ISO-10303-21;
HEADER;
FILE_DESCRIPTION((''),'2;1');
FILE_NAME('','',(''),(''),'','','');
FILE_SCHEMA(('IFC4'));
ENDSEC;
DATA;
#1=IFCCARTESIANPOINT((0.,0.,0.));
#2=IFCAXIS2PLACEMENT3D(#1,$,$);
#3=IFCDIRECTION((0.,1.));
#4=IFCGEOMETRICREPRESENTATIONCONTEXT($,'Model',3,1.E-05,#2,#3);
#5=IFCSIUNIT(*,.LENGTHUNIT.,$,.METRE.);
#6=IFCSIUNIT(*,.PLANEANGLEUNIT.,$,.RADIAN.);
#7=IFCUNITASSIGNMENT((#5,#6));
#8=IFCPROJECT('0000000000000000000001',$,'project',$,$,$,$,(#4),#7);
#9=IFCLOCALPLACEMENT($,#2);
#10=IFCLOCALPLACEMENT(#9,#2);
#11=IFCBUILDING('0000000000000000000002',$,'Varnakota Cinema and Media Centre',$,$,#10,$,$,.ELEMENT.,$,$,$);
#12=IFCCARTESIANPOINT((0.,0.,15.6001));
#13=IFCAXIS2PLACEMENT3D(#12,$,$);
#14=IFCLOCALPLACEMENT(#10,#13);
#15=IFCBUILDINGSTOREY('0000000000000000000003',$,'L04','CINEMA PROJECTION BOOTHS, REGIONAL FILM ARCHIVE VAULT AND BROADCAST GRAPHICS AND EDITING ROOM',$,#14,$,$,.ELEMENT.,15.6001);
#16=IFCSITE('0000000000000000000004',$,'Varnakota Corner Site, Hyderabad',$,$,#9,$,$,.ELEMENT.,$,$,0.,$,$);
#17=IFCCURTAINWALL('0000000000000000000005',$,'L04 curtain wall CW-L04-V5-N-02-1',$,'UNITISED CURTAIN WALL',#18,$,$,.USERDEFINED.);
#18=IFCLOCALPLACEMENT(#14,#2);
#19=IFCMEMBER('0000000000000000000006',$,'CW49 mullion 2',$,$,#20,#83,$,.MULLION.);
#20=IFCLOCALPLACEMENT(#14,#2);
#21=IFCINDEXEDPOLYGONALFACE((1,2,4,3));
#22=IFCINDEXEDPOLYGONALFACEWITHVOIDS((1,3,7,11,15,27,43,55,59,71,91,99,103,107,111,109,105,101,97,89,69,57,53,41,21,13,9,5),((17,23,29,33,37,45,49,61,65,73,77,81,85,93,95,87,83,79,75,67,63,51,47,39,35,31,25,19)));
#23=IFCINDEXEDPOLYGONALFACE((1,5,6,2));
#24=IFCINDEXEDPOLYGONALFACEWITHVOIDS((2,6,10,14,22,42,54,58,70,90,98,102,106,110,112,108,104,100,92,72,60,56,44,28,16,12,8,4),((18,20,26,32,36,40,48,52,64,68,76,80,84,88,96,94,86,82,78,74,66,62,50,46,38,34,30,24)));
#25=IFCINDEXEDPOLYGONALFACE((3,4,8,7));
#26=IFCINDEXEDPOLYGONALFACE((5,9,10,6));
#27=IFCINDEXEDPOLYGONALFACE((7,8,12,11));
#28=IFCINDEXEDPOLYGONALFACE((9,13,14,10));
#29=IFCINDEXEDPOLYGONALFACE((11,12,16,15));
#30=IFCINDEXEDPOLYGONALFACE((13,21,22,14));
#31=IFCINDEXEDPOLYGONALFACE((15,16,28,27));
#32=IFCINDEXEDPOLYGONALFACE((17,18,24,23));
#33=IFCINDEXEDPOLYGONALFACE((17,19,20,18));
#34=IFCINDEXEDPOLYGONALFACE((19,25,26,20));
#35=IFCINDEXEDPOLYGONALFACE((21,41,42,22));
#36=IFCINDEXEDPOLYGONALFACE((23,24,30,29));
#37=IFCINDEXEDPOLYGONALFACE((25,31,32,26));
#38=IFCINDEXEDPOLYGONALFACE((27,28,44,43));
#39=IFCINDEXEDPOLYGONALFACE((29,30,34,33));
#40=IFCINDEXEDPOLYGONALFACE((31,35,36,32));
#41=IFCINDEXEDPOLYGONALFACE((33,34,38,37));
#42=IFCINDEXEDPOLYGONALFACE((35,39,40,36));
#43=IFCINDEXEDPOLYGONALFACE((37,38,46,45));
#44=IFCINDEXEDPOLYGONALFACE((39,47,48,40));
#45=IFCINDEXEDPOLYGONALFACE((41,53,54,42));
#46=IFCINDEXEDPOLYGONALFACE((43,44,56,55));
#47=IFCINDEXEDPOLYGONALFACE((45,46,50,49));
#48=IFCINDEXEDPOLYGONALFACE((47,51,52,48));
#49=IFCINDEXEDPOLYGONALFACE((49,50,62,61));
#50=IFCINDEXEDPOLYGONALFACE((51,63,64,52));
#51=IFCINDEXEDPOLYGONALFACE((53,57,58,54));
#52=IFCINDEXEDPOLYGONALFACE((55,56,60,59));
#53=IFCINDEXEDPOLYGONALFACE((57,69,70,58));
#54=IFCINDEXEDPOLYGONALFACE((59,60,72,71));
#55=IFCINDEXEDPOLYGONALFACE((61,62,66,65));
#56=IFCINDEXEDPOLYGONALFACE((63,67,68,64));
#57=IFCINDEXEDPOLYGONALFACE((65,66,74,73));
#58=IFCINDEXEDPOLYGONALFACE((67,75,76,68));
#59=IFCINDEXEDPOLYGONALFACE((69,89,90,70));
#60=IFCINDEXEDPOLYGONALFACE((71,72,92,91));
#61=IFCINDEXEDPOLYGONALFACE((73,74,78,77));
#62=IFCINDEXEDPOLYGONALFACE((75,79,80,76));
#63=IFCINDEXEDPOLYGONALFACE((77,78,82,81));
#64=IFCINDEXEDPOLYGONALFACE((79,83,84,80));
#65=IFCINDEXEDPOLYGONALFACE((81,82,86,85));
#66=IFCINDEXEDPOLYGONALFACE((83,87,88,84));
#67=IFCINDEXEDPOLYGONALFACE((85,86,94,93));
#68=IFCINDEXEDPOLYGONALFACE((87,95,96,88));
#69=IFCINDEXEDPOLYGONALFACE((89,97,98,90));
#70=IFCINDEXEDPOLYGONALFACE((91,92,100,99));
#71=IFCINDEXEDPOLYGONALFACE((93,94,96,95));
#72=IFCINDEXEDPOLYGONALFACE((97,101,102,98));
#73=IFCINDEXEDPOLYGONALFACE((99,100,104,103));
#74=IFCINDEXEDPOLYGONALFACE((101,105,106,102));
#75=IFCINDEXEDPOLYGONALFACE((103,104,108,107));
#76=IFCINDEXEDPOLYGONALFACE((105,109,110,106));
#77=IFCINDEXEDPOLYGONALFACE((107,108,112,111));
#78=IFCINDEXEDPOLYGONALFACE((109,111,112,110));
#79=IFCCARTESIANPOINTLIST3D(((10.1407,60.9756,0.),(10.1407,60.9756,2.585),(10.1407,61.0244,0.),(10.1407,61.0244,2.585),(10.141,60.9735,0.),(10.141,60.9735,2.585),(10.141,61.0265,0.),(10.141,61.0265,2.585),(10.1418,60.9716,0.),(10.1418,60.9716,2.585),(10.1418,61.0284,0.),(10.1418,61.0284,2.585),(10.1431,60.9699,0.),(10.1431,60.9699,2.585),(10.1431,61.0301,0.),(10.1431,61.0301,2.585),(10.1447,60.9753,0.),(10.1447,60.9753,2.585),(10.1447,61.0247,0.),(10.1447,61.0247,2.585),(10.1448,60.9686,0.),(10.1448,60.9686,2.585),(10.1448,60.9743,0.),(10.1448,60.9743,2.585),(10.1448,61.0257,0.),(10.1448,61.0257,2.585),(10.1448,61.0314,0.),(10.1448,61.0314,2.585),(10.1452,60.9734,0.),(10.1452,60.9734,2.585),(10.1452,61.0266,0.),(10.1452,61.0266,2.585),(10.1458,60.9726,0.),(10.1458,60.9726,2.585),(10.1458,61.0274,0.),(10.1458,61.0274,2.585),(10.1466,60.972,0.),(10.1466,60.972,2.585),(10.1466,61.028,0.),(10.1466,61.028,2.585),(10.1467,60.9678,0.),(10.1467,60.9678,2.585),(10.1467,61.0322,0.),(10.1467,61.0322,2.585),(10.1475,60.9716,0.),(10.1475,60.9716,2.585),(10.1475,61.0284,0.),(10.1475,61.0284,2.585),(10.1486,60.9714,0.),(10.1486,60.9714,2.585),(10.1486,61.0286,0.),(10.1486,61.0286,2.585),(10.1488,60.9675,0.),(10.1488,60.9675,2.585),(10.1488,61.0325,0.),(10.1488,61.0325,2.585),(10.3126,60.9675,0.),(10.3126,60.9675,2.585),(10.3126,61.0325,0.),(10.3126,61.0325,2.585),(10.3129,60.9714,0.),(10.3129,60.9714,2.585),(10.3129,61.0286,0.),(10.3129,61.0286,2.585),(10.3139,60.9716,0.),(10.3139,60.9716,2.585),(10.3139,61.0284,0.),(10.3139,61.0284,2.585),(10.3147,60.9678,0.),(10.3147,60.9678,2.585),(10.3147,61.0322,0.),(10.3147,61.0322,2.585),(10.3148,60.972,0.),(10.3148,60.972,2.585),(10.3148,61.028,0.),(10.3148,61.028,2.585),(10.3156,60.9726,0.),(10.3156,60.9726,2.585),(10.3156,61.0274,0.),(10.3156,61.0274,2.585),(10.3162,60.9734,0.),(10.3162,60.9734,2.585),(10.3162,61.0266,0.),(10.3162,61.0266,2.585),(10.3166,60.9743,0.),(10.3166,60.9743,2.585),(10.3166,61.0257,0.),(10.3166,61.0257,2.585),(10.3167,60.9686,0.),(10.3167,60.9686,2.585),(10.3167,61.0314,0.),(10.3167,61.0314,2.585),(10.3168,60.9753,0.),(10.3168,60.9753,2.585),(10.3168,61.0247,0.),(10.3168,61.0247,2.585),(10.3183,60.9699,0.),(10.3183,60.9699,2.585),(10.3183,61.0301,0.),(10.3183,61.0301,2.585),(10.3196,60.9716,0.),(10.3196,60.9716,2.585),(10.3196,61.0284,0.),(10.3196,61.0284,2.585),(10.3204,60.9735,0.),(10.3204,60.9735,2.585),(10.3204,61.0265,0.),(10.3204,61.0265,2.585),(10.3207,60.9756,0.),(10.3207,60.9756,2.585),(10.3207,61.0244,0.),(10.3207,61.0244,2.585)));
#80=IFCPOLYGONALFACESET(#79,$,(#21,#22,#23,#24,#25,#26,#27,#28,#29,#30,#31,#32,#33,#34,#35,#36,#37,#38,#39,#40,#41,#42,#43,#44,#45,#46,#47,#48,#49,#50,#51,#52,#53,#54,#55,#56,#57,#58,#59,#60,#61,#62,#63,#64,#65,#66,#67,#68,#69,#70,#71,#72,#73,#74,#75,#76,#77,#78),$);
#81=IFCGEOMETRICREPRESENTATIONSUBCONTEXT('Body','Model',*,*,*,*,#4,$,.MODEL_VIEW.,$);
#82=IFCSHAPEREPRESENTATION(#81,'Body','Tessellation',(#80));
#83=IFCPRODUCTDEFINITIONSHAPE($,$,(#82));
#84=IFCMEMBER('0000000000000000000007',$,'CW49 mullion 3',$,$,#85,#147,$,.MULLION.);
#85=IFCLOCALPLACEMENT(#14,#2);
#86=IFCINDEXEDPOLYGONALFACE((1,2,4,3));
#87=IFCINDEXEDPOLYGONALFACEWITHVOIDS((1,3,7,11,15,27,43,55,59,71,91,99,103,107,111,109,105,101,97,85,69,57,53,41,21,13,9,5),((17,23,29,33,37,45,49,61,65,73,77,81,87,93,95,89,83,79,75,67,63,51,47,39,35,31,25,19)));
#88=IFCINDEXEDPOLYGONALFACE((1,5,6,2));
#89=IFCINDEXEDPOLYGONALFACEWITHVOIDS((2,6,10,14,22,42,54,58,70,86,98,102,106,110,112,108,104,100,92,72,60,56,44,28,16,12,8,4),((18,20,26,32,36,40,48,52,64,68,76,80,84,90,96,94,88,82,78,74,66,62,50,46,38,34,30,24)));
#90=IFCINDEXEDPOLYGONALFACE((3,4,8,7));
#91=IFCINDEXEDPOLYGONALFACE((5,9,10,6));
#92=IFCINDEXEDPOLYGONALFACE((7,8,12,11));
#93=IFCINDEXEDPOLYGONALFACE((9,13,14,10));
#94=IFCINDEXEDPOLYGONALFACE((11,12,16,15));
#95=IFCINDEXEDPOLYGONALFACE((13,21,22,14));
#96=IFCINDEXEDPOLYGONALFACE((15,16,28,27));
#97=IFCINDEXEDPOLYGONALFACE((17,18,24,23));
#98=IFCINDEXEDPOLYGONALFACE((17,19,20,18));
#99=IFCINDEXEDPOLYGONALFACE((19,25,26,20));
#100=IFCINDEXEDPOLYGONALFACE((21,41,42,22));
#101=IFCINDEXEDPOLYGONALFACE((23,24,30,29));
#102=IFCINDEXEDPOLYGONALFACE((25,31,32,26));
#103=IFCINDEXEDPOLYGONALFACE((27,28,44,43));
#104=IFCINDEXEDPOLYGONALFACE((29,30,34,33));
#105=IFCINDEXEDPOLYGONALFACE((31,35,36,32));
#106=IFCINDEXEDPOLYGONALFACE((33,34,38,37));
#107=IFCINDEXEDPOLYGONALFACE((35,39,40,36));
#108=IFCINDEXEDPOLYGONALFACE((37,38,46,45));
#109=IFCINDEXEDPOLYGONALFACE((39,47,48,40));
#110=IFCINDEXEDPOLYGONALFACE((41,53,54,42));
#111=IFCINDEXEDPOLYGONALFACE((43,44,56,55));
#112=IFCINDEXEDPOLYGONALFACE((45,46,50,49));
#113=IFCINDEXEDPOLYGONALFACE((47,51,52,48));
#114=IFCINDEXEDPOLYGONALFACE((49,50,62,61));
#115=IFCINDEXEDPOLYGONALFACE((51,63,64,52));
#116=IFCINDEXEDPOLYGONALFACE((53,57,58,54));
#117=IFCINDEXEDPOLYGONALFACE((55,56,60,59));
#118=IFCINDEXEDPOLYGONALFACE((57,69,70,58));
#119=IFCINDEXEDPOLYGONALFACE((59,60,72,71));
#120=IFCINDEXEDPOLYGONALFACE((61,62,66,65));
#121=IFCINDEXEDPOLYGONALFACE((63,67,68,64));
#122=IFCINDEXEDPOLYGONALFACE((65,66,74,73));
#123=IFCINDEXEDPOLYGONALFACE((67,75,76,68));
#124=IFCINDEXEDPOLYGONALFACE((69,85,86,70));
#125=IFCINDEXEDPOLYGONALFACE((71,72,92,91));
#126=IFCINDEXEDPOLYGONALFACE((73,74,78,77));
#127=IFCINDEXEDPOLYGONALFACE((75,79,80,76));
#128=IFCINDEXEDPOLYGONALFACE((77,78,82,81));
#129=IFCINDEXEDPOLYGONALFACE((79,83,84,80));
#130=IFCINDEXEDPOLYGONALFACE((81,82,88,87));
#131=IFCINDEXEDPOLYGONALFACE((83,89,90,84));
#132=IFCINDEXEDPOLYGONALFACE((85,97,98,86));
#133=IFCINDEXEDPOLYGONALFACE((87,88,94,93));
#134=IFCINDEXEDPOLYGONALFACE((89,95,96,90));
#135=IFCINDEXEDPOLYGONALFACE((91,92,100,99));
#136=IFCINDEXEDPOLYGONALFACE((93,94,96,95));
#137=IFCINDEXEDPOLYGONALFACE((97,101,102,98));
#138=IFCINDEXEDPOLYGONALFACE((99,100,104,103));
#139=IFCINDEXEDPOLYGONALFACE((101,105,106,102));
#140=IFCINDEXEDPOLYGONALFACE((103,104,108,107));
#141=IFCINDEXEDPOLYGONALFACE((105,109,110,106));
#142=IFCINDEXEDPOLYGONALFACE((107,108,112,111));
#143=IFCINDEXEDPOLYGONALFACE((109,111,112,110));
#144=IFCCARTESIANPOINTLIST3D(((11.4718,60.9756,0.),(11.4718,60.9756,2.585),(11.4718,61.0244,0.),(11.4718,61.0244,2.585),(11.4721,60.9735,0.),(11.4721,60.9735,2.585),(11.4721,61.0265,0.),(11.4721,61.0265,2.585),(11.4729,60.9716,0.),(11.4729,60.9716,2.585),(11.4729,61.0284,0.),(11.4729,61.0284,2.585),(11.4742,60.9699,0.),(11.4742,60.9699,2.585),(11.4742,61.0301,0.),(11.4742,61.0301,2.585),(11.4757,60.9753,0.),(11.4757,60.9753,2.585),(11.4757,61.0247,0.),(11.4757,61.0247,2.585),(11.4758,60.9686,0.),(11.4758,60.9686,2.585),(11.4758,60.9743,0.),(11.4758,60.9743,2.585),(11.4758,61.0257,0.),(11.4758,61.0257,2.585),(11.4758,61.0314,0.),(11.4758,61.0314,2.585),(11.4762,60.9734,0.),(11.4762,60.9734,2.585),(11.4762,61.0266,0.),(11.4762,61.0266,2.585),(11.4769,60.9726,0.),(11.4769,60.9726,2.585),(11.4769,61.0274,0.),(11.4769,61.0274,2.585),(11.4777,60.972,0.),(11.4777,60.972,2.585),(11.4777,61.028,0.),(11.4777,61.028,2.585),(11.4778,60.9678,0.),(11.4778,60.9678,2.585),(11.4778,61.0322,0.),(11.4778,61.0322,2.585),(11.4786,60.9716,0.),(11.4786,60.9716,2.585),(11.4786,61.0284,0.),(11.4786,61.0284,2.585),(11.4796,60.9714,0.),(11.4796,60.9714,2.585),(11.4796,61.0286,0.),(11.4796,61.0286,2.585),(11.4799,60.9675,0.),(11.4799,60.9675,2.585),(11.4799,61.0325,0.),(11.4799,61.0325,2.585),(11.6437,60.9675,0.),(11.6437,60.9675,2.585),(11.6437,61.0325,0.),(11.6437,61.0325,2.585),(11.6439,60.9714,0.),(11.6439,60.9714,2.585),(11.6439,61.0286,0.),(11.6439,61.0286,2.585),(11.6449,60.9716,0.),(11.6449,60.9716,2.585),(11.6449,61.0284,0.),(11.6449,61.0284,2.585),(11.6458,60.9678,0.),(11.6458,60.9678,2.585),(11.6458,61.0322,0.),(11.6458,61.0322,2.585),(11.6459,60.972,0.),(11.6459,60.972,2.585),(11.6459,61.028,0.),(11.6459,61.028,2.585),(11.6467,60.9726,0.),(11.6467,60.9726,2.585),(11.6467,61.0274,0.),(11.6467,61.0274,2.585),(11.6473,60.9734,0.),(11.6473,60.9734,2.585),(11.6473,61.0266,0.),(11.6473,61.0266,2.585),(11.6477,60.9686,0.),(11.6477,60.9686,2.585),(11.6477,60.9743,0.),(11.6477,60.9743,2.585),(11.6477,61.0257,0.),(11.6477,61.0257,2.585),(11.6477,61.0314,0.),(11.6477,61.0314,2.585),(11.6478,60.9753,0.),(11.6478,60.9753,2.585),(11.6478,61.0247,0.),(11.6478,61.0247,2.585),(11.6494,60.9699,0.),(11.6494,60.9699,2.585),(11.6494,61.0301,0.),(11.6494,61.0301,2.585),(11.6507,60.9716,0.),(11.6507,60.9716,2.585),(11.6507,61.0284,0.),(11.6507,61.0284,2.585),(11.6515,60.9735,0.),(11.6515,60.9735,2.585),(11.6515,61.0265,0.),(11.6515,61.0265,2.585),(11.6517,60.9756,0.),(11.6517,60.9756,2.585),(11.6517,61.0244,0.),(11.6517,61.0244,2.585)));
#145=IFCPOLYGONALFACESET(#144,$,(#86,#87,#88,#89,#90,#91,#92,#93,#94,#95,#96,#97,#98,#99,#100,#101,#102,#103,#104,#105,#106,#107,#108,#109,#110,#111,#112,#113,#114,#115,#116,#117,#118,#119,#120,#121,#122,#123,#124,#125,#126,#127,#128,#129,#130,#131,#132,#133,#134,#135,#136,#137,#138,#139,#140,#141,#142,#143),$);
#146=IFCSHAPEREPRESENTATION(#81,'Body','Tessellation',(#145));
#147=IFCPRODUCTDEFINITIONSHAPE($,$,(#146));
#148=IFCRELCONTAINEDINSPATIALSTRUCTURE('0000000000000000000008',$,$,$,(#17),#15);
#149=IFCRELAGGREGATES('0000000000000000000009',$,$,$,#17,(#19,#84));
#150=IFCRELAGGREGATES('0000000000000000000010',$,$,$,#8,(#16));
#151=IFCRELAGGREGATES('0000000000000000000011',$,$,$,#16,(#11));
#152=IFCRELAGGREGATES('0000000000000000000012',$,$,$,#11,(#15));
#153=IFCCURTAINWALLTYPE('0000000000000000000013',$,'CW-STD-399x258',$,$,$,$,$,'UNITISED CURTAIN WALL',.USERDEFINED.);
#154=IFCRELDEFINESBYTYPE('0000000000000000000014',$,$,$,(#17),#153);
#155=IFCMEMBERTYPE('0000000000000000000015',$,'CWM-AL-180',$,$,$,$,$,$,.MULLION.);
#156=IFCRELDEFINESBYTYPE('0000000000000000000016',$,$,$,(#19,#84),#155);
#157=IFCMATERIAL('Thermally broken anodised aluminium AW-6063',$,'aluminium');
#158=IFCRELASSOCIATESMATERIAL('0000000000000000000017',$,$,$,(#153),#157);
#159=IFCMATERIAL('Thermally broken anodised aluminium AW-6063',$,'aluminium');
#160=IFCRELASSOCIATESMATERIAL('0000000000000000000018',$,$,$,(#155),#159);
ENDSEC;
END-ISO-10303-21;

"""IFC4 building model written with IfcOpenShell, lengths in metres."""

from ifc_helpers import new_model, si_unit, direction, frame, origin, origin_2d, place, context, subcontext, project, spatial, hollow_rectangle, extrude, material, material_profile, profile_set, type_object, element, aggregate, save


model = new_model("IFC4")

# Units and contexts
model_context = context("Model", 3, precision=1e-05, world=origin(), true_north=direction((0.0, 1.0)))
body_context = subcontext(model_context, "Body", "Model", "MODEL_VIEW")
ifc_project = project(units=[si_unit("LENGTHUNIT", "METRE"), si_unit("PLANEANGLEUNIT", "RADIAN")], contexts=[model_context])

# Site, building, storey
site_placement = place(None, origin())
site = spatial("IfcSite", under=ifc_project, at=site_placement, Name="Varnakota Corner Site, Hyderabad", CompositionType="ELEMENT", RefElevation=0.0)
building_placement = place(site_placement, origin())
building = spatial("IfcBuilding", under=site, at=building_placement, Name="Varnakota Cinema and Media Centre", CompositionType="ELEMENT")
storey_placement = place(building_placement, frame((0.0, 0.0, 15.6001)))
storey = spatial("IfcBuildingStorey", under=building, at=storey_placement, Name="L04", Description="CINEMA PROJECTION BOOTHS, REGIONAL FILM ARCHIVE VAULT AND BROADCAST GRAPHICS AND EDITING ROOM", CompositionType="ELEMENT", Elevation=15.6001)

# Curtain wall, members
ifc_material_1 = material(Name="Thermally broken anodised aluminium AW-6063", Category="aluminium")
curtain_wall_type = type_object("IfcCurtainWallType", Name="CW-STD-399x258", ElementType="UNITISED CURTAIN WALL", PredefinedType="USERDEFINED", material=ifc_material_1)
curtain_wall_placement = place(storey_placement, origin())
curtain_wall = element("IfcCurtainWall", 1, at=curtain_wall_placement, inside=storey, type_object=curtain_wall_type, Name="L04 curtain wall CW-L04-V5-N-02-1", ObjectType="UNITISED CURTAIN WALL", PredefinedType="USERDEFINED")
ifc_material_2 = material(Name="Thermally broken anodised aluminium AW-6063", Category="aluminium")
ifc_material_profile_1 = material_profile(ifc_material_2, hollow_rectangle(XDim=0.0649, YDim=0.1799, WallThickness=0.0039, InnerFilletRadius=0.0039, OuterFilletRadius=0.0081, at=origin_2d()), Name="AL-MULLION 180x65x4")
ifc_profile_set_1 = profile_set([ifc_material_profile_1], Name="Thermally broken anodised aluminium AW-6063")
member_type_1 = type_object("IfcMemberType", Name="CWM-AL-180", PredefinedType="MULLION", material=ifc_profile_set_1)
member_1_placement = place(storey_placement, frame((10.2307, 61.0, 0.0), z_axis=(0.0, 0.0, 1.0), x_axis=(0.0, 1.0, 0.0)))
member_1 = element("IfcMember", 2, at=member_1_placement, type_object=member_type_1, Name="CW49 mullion 2", PredefinedType="MULLION", context=body_context, shape_type="SweptSolid", body=[
    extrude(hollow_rectangle(XDim=0.0649, YDim=0.1799, WallThickness=0.0039, InnerFilletRadius=0.0039, OuterFilletRadius=0.0081, at=origin_2d()), origin(), (0.0, 0.0, 1.0), 2.585),
])
member_2_placement = place(storey_placement, frame((11.5618, 61.0, 0.0), z_axis=(0.0, 0.0, 1.0), x_axis=(0.0, 1.0, 0.0)))
member_2 = element("IfcMember", 3, at=member_2_placement, type_object=member_type_1, Name="CW49 mullion 3", PredefinedType="MULLION", context=body_context, shape_type="SweptSolid", body=[
    extrude(hollow_rectangle(XDim=0.0649, YDim=0.1799, WallThickness=0.0039, InnerFilletRadius=0.0039, OuterFilletRadius=0.0081, at=origin_2d()), origin(), (0.0, 0.0, 1.0), 2.585),
])
aggregate(curtain_wall, [member_1, member_2])

save(model, "model.ifc")
